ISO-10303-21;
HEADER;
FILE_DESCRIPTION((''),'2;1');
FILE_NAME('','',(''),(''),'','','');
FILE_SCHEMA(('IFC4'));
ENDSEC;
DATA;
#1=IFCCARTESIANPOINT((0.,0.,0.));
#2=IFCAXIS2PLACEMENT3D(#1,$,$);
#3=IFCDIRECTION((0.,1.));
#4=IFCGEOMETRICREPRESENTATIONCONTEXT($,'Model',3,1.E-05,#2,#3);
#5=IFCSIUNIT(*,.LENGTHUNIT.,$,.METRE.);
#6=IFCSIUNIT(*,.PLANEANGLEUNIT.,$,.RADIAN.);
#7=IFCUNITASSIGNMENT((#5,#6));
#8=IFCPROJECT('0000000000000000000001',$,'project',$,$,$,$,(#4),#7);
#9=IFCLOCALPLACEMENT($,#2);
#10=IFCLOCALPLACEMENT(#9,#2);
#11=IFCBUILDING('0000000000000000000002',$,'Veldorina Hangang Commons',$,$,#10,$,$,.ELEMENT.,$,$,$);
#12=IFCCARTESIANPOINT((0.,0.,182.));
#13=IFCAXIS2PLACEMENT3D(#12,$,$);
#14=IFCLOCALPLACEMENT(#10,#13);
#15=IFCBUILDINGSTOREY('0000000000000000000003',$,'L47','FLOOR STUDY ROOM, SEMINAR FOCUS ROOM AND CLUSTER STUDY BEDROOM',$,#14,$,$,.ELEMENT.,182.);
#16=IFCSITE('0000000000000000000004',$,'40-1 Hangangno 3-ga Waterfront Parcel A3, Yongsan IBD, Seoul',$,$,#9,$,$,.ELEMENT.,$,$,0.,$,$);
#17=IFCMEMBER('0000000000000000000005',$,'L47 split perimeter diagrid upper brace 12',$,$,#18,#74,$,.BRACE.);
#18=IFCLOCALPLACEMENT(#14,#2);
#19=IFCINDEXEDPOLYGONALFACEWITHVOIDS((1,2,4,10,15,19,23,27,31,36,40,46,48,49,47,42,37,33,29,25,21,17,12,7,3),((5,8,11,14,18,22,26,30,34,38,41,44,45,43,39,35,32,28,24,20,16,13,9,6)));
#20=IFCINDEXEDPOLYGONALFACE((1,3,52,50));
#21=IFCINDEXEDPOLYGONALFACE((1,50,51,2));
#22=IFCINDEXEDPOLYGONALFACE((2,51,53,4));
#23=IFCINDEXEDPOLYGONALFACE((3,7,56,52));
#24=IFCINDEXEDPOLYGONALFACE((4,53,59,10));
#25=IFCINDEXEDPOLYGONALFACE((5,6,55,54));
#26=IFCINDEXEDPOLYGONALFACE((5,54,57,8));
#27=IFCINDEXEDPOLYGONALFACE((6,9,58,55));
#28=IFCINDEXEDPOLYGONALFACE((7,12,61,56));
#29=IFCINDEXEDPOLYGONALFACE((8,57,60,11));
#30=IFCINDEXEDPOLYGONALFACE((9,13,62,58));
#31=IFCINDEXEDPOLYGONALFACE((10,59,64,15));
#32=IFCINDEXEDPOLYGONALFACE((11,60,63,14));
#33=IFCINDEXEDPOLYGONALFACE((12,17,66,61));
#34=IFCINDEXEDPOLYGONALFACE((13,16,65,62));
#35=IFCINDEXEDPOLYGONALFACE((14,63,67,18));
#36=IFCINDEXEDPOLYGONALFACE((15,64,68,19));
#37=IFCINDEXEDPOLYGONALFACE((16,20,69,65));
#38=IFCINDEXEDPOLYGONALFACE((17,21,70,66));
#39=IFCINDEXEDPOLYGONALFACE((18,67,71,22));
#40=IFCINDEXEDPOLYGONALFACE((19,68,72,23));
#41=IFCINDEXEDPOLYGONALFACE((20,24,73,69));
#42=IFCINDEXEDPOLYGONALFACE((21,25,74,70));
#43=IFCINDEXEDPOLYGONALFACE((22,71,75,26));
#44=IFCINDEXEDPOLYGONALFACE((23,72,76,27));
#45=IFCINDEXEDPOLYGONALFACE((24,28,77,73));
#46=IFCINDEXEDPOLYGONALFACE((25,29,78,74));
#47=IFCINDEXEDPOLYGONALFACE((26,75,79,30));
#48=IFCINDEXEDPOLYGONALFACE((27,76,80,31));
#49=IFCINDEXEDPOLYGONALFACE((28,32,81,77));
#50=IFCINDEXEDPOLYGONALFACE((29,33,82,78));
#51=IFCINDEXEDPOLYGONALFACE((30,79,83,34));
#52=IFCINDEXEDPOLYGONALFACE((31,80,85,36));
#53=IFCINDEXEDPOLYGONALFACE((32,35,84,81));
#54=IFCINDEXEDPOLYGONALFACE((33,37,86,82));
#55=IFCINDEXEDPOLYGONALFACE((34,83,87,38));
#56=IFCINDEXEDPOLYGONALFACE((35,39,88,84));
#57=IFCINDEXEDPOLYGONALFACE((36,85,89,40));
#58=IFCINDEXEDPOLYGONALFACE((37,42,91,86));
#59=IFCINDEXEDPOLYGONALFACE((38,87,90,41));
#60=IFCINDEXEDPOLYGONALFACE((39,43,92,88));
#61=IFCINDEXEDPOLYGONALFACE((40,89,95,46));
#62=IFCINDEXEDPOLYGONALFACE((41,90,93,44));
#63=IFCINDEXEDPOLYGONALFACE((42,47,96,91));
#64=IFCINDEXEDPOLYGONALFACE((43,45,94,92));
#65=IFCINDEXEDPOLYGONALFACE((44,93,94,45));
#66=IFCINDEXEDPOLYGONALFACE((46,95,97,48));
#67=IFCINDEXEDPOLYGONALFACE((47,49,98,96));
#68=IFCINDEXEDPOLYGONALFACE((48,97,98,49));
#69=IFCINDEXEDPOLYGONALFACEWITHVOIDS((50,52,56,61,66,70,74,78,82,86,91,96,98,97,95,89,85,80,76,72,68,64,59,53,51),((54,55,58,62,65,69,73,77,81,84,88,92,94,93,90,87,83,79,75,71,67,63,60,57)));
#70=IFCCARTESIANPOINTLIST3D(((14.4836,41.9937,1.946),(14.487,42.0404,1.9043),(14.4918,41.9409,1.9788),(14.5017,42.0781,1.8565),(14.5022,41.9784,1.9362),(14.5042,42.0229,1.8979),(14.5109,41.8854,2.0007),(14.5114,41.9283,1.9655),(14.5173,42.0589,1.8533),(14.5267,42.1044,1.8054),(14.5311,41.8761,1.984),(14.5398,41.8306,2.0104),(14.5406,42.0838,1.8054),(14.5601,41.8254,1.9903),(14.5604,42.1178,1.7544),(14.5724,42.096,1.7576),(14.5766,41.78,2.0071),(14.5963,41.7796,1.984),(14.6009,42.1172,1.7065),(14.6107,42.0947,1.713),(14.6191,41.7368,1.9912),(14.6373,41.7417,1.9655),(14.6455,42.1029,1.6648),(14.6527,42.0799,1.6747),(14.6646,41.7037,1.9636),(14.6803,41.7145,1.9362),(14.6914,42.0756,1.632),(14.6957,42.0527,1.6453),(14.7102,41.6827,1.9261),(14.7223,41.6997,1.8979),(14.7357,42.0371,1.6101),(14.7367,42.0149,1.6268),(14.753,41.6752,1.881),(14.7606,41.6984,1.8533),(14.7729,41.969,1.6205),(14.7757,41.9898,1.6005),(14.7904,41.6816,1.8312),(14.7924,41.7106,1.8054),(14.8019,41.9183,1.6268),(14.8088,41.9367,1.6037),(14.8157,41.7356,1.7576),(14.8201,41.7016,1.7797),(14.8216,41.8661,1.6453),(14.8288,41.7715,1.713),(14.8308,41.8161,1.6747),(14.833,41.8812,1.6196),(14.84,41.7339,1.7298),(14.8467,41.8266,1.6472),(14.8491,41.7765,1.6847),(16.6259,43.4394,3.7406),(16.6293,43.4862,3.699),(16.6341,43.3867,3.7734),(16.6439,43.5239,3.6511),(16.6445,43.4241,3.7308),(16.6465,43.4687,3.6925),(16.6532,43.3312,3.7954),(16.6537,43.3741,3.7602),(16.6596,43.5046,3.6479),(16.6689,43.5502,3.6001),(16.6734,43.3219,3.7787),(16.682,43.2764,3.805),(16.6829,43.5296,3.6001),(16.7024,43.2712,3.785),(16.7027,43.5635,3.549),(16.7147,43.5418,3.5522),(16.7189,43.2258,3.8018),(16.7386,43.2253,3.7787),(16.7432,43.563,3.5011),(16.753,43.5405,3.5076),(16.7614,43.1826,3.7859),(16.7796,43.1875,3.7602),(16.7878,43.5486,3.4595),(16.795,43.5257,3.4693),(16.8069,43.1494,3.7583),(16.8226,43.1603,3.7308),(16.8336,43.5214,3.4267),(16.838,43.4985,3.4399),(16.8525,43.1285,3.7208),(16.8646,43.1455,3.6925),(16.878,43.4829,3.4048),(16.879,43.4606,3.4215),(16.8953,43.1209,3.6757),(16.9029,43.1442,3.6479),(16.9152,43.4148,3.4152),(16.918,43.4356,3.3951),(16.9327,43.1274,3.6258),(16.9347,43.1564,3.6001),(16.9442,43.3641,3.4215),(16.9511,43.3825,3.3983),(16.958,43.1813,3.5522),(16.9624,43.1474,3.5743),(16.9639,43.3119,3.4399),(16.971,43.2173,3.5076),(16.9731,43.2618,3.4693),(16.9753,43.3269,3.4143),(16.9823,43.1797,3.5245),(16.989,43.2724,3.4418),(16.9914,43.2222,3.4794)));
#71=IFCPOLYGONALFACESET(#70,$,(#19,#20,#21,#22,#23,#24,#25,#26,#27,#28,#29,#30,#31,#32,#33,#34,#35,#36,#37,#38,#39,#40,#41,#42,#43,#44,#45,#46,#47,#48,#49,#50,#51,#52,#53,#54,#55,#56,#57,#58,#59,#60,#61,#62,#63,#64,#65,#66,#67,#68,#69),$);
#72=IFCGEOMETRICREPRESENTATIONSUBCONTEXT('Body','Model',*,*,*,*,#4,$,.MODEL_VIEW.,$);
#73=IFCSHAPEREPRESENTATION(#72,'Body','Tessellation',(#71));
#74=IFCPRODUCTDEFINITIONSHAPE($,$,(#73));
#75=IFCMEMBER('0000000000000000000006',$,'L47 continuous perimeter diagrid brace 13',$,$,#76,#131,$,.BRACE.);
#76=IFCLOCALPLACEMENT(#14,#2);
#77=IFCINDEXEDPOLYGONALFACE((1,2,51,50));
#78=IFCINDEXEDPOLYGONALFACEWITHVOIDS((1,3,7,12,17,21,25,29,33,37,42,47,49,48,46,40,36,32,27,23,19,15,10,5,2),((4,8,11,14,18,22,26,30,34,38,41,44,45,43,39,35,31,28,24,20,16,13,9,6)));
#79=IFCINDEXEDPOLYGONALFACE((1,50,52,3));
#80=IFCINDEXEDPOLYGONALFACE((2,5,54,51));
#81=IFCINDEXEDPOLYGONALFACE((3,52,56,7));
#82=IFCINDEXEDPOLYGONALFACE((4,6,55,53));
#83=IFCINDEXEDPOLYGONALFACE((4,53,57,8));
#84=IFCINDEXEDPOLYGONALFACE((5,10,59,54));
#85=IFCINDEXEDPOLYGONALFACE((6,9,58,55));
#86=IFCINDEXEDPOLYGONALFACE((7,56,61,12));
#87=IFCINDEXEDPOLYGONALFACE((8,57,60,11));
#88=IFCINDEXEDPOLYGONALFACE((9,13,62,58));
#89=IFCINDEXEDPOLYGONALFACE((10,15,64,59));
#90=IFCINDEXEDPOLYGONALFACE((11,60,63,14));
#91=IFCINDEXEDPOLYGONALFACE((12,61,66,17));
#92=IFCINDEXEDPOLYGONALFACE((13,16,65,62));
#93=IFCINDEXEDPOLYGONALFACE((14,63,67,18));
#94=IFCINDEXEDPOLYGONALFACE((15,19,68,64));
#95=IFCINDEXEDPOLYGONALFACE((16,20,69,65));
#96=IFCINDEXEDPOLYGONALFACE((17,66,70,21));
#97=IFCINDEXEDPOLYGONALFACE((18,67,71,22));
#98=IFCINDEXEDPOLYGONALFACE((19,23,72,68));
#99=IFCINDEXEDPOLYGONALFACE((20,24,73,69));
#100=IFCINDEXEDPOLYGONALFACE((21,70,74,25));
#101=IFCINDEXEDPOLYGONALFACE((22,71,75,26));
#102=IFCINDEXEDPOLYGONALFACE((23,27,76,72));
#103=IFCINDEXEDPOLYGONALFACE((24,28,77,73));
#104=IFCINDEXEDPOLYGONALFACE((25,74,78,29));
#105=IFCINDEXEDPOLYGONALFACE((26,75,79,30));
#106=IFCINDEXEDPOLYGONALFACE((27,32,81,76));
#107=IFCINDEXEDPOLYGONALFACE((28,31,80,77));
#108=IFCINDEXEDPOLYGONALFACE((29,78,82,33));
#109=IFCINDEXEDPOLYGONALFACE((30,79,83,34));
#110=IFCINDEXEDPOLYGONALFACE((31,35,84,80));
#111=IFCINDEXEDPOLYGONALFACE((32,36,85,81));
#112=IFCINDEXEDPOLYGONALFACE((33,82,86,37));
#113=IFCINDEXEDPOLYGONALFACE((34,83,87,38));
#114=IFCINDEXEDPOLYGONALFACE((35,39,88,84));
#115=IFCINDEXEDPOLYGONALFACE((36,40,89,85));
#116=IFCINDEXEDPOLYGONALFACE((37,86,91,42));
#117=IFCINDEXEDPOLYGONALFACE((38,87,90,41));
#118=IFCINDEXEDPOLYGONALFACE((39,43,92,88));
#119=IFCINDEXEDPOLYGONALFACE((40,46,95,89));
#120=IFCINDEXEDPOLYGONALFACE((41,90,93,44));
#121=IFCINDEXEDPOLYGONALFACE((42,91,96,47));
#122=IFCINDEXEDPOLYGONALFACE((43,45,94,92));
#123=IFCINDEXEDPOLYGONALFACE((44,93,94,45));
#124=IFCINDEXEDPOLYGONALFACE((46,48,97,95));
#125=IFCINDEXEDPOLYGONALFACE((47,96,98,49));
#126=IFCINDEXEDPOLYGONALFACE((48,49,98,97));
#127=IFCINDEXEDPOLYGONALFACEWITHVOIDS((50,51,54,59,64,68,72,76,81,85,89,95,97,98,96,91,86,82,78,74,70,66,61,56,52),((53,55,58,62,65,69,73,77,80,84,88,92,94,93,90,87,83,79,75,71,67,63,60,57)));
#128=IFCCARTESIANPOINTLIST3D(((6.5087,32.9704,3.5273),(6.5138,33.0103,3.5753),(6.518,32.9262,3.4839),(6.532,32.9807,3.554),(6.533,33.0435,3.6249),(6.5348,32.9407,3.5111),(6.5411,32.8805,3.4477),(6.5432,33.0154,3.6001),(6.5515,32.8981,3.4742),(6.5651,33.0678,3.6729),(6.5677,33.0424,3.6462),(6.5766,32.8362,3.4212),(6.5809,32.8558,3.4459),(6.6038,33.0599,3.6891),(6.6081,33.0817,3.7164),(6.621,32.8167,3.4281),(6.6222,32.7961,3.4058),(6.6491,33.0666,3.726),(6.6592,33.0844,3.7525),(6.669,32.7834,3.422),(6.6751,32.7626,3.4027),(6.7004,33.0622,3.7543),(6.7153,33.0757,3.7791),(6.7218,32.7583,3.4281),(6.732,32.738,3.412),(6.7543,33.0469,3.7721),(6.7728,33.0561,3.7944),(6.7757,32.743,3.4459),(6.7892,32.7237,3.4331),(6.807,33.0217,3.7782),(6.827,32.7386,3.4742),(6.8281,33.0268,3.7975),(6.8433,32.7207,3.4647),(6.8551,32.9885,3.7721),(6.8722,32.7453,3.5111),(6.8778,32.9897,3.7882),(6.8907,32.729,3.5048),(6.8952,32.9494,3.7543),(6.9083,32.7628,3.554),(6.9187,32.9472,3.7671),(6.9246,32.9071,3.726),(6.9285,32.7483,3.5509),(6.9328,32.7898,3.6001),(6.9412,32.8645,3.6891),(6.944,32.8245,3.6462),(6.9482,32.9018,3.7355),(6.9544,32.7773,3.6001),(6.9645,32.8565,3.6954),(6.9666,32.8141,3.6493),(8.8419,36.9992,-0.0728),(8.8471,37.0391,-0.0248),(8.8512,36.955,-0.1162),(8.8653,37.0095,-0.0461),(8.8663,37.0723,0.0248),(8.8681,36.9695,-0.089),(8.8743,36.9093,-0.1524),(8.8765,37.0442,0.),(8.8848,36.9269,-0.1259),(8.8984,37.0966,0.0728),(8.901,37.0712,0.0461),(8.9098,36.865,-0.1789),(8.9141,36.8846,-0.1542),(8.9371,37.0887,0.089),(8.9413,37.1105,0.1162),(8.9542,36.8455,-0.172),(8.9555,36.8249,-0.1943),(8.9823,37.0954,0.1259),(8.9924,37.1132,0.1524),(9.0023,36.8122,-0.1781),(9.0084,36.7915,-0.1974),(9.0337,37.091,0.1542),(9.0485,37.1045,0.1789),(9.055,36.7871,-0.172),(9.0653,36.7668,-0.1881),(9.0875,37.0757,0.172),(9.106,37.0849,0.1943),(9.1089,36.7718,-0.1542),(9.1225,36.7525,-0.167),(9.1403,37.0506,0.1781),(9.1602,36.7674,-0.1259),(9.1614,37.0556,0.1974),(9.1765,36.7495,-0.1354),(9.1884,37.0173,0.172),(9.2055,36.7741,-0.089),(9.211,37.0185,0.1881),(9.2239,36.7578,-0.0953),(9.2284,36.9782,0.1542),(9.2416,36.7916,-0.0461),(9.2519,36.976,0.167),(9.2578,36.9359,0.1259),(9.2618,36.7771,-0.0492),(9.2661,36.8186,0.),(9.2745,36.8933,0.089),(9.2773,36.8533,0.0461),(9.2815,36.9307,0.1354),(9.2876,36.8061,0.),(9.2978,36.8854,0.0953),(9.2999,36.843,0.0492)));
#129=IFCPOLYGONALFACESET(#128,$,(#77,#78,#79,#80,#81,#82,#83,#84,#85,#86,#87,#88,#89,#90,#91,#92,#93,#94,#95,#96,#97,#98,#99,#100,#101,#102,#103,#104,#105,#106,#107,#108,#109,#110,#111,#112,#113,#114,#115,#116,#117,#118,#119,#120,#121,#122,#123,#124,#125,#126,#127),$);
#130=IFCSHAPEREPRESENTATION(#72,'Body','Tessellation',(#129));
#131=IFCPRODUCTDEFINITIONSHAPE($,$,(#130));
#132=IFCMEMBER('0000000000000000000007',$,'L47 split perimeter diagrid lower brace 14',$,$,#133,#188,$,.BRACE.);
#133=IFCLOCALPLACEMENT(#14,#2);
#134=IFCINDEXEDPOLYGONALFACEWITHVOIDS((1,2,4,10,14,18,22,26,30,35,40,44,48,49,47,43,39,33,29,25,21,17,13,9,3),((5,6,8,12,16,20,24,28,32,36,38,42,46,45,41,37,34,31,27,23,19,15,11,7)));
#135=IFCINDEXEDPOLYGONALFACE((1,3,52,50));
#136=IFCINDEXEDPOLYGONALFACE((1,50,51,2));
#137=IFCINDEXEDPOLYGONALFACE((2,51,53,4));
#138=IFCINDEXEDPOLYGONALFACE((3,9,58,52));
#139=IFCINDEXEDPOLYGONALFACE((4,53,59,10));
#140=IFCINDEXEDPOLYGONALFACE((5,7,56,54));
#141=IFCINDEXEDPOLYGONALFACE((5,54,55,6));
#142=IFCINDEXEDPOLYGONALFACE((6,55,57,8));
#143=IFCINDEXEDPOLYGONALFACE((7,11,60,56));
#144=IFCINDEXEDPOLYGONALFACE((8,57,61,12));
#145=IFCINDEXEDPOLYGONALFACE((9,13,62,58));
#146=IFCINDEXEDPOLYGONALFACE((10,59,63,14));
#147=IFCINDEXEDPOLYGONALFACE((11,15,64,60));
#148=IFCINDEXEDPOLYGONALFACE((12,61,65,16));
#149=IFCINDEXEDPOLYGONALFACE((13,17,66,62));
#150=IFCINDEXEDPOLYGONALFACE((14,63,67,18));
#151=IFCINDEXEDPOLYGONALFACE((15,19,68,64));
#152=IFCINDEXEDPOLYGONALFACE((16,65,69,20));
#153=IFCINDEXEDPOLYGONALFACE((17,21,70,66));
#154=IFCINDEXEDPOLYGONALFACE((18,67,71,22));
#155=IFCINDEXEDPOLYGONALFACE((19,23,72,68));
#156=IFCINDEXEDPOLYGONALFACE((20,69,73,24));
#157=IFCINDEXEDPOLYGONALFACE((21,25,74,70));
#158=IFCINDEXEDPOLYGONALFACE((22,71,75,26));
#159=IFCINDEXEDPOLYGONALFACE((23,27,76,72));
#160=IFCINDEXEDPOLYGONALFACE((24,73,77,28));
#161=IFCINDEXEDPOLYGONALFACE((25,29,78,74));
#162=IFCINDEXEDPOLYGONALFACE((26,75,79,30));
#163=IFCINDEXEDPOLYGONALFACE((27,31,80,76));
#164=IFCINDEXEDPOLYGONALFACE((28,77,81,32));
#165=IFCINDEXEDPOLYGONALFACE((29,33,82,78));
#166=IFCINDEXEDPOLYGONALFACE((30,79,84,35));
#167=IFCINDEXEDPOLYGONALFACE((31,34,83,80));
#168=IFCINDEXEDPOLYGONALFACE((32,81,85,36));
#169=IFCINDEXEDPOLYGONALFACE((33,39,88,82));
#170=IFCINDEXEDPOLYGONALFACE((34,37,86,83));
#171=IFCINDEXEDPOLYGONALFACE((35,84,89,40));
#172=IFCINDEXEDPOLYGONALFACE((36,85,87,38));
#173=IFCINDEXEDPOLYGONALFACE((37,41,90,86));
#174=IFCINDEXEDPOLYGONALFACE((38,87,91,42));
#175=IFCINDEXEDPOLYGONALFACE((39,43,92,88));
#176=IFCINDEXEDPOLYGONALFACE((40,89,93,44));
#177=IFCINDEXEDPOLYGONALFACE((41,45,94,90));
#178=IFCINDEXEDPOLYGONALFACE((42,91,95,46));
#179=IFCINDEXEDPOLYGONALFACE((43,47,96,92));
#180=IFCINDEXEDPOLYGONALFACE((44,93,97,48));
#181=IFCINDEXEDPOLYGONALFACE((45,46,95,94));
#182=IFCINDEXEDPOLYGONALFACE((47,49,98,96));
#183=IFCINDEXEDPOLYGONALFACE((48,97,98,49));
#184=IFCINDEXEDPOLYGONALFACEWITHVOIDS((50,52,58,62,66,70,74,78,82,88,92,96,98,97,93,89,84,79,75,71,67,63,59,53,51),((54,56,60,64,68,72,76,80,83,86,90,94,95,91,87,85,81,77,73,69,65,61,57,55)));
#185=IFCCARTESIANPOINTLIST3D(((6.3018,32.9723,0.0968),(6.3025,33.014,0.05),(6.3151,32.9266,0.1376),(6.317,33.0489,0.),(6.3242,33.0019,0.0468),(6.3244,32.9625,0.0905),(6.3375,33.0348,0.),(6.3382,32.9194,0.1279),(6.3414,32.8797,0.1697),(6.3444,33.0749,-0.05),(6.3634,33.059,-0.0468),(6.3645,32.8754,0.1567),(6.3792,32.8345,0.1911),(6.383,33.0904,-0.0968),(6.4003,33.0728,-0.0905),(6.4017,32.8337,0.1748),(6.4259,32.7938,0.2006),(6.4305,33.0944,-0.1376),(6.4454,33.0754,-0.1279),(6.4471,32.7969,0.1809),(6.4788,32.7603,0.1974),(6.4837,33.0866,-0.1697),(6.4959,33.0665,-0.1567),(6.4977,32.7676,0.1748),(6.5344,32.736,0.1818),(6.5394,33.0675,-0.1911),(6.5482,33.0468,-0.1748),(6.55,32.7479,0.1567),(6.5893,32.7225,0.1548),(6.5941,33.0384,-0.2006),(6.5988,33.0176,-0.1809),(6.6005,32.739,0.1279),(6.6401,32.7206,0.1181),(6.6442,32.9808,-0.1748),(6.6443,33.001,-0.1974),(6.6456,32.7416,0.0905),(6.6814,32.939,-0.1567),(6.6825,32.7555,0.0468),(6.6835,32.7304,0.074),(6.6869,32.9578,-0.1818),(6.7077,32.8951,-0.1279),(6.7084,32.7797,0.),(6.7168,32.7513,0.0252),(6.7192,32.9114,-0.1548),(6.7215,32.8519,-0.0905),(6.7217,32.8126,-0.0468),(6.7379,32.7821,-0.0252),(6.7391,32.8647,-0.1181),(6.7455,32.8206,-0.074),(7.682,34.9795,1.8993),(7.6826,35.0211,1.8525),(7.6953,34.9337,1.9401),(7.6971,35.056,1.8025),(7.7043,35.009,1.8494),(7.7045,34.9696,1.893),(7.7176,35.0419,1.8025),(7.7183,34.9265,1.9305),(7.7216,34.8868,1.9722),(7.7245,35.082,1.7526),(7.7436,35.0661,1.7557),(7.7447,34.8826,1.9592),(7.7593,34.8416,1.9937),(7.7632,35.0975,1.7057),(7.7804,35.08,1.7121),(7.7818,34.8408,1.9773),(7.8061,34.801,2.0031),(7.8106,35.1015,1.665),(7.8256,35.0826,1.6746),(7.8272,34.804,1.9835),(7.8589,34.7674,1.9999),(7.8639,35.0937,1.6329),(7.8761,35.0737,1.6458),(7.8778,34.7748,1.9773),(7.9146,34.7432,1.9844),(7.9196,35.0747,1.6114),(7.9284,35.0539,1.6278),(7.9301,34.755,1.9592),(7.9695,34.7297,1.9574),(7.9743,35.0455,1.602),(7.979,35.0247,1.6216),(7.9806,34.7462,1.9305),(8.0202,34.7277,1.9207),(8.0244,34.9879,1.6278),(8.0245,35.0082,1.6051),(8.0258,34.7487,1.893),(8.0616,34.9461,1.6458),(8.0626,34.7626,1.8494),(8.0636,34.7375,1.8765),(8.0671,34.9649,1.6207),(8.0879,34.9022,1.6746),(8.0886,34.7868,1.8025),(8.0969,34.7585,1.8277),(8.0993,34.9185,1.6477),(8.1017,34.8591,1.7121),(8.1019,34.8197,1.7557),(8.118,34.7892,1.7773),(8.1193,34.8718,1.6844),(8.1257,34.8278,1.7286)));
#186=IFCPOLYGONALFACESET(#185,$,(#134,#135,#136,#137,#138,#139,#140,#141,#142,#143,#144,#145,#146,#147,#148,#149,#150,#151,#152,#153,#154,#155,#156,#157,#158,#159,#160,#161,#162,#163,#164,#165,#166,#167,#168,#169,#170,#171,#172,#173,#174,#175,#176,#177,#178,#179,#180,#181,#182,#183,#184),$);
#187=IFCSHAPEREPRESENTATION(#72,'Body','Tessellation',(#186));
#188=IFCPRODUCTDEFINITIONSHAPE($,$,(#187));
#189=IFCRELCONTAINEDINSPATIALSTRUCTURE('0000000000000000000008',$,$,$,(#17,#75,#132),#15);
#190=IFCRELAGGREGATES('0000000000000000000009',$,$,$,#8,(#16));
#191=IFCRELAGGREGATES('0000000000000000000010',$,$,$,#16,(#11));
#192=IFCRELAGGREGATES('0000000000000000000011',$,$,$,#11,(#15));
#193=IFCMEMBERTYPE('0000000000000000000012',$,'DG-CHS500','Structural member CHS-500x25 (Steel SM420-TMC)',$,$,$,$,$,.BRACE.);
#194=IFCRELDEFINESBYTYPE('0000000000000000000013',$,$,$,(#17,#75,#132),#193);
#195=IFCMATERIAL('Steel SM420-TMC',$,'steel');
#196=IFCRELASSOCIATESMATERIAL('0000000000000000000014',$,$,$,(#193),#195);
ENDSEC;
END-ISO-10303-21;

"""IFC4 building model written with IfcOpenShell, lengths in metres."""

from ifc_helpers import new_model, si_unit, direction, frame, origin, origin_2d, place, context, subcontext, project, spatial, hollow_circle, extrude, material, material_profile, profile_set, type_object, element, save


model = new_model("IFC4")

# Units and contexts
model_context = context("Model", 3, precision=1e-05, world=origin(), true_north=direction((0.0, 1.0)))
body_context = subcontext(model_context, "Body", "Model", "MODEL_VIEW")
ifc_project = project(units=[si_unit("LENGTHUNIT", "METRE"), si_unit("PLANEANGLEUNIT", "RADIAN")], contexts=[model_context])

# Site, building, storey
site_placement = place(None, origin())
site = spatial("IfcSite", under=ifc_project, at=site_placement, Name="40-1 Hangangno 3-ga Waterfront Parcel A3, Yongsan IBD, Seoul", CompositionType="ELEMENT", RefElevation=0.0)
building_placement = place(site_placement, origin())
building = spatial("IfcBuilding", under=site, at=building_placement, Name="Veldorina Hangang Commons", CompositionType="ELEMENT")
storey_placement = place(building_placement, frame((0.0, 0.0, 182.0)))
storey = spatial("IfcBuildingStorey", under=building, at=storey_placement, Name="L47", Description="FLOOR STUDY ROOM, SEMINAR FOCUS ROOM AND CLUSTER STUDY BEDROOM", CompositionType="ELEMENT", Elevation=182.0)

# Shared definitions
ifc_material_1 = material(Name="Steel SM420-TMC", Category="steel")

# Members
ifc_material_profile_1 = material_profile(ifc_material_1, hollow_circle(Radius=0.25, WallThickness=0.0249, at=origin_2d()), Name="CHS-500x25")
ifc_profile_set_1 = profile_set([ifc_material_profile_1], Name="Steel SM420-TMC")
member_type = type_object("IfcMemberType", Name="DG-CHS500", Description="Structural member CHS-500x25 (Steel SM420-TMC)", PredefinedType="BRACE", material=ifc_profile_set_1)
member_1_placement = place(storey_placement, frame((14.6665, 41.8972, 1.8054), z_axis=(0.680851, 0.459487, 0.570363), x_axis=(-0.5594, 0.828898, 0.0)))
element("IfcMember", 1, at=member_1_placement, inside=storey, type_object=member_type, Name="L47 split perimeter diagrid upper brace 12", PredefinedType="BRACE", context=body_context, shape_type="SweptSolid", body=[
    extrude(hollow_circle(Radius=0.25, WallThickness=0.0249, at=origin_2d()), origin(), (0.0, 0.0, 1.0), 3.1465),
])
member_2_placement = place(storey_placement, frame((9.0713, 36.9314, 0.0), z_axis=(-0.396458, -0.684561, 0.611716), x_axis=(0.865353, -0.501162, 0.0)))
element("IfcMember", 2, at=member_2_placement, inside=storey, type_object=member_type, Name="L47 continuous perimeter diagrid brace 13", PredefinedType="BRACE", context=body_context, shape_type="SweptSolid", body=[
    extrude(hollow_circle(Radius=0.25, WallThickness=0.0249, at=origin_2d()), origin(), (0.0, 0.0, 1.0), 5.8853),
])
member_3_placement = place(storey_placement, frame((6.5229, 32.9072, 0.0), z_axis=(0.455458, 0.66236, 0.594843), x_axis=(-0.823992, 0.566601, 0.0)))
element("IfcMember", 3, at=member_3_placement, inside=storey, type_object=member_type, Name="L47 split perimeter diagrid lower brace 14", PredefinedType="BRACE", context=body_context, shape_type="SweptSolid", body=[
    extrude(hollow_circle(Radius=0.25, WallThickness=0.0249, at=origin_2d()), origin(), (0.0, 0.0, 1.0), 3.0303),
])

save(model, "model.ifc")
